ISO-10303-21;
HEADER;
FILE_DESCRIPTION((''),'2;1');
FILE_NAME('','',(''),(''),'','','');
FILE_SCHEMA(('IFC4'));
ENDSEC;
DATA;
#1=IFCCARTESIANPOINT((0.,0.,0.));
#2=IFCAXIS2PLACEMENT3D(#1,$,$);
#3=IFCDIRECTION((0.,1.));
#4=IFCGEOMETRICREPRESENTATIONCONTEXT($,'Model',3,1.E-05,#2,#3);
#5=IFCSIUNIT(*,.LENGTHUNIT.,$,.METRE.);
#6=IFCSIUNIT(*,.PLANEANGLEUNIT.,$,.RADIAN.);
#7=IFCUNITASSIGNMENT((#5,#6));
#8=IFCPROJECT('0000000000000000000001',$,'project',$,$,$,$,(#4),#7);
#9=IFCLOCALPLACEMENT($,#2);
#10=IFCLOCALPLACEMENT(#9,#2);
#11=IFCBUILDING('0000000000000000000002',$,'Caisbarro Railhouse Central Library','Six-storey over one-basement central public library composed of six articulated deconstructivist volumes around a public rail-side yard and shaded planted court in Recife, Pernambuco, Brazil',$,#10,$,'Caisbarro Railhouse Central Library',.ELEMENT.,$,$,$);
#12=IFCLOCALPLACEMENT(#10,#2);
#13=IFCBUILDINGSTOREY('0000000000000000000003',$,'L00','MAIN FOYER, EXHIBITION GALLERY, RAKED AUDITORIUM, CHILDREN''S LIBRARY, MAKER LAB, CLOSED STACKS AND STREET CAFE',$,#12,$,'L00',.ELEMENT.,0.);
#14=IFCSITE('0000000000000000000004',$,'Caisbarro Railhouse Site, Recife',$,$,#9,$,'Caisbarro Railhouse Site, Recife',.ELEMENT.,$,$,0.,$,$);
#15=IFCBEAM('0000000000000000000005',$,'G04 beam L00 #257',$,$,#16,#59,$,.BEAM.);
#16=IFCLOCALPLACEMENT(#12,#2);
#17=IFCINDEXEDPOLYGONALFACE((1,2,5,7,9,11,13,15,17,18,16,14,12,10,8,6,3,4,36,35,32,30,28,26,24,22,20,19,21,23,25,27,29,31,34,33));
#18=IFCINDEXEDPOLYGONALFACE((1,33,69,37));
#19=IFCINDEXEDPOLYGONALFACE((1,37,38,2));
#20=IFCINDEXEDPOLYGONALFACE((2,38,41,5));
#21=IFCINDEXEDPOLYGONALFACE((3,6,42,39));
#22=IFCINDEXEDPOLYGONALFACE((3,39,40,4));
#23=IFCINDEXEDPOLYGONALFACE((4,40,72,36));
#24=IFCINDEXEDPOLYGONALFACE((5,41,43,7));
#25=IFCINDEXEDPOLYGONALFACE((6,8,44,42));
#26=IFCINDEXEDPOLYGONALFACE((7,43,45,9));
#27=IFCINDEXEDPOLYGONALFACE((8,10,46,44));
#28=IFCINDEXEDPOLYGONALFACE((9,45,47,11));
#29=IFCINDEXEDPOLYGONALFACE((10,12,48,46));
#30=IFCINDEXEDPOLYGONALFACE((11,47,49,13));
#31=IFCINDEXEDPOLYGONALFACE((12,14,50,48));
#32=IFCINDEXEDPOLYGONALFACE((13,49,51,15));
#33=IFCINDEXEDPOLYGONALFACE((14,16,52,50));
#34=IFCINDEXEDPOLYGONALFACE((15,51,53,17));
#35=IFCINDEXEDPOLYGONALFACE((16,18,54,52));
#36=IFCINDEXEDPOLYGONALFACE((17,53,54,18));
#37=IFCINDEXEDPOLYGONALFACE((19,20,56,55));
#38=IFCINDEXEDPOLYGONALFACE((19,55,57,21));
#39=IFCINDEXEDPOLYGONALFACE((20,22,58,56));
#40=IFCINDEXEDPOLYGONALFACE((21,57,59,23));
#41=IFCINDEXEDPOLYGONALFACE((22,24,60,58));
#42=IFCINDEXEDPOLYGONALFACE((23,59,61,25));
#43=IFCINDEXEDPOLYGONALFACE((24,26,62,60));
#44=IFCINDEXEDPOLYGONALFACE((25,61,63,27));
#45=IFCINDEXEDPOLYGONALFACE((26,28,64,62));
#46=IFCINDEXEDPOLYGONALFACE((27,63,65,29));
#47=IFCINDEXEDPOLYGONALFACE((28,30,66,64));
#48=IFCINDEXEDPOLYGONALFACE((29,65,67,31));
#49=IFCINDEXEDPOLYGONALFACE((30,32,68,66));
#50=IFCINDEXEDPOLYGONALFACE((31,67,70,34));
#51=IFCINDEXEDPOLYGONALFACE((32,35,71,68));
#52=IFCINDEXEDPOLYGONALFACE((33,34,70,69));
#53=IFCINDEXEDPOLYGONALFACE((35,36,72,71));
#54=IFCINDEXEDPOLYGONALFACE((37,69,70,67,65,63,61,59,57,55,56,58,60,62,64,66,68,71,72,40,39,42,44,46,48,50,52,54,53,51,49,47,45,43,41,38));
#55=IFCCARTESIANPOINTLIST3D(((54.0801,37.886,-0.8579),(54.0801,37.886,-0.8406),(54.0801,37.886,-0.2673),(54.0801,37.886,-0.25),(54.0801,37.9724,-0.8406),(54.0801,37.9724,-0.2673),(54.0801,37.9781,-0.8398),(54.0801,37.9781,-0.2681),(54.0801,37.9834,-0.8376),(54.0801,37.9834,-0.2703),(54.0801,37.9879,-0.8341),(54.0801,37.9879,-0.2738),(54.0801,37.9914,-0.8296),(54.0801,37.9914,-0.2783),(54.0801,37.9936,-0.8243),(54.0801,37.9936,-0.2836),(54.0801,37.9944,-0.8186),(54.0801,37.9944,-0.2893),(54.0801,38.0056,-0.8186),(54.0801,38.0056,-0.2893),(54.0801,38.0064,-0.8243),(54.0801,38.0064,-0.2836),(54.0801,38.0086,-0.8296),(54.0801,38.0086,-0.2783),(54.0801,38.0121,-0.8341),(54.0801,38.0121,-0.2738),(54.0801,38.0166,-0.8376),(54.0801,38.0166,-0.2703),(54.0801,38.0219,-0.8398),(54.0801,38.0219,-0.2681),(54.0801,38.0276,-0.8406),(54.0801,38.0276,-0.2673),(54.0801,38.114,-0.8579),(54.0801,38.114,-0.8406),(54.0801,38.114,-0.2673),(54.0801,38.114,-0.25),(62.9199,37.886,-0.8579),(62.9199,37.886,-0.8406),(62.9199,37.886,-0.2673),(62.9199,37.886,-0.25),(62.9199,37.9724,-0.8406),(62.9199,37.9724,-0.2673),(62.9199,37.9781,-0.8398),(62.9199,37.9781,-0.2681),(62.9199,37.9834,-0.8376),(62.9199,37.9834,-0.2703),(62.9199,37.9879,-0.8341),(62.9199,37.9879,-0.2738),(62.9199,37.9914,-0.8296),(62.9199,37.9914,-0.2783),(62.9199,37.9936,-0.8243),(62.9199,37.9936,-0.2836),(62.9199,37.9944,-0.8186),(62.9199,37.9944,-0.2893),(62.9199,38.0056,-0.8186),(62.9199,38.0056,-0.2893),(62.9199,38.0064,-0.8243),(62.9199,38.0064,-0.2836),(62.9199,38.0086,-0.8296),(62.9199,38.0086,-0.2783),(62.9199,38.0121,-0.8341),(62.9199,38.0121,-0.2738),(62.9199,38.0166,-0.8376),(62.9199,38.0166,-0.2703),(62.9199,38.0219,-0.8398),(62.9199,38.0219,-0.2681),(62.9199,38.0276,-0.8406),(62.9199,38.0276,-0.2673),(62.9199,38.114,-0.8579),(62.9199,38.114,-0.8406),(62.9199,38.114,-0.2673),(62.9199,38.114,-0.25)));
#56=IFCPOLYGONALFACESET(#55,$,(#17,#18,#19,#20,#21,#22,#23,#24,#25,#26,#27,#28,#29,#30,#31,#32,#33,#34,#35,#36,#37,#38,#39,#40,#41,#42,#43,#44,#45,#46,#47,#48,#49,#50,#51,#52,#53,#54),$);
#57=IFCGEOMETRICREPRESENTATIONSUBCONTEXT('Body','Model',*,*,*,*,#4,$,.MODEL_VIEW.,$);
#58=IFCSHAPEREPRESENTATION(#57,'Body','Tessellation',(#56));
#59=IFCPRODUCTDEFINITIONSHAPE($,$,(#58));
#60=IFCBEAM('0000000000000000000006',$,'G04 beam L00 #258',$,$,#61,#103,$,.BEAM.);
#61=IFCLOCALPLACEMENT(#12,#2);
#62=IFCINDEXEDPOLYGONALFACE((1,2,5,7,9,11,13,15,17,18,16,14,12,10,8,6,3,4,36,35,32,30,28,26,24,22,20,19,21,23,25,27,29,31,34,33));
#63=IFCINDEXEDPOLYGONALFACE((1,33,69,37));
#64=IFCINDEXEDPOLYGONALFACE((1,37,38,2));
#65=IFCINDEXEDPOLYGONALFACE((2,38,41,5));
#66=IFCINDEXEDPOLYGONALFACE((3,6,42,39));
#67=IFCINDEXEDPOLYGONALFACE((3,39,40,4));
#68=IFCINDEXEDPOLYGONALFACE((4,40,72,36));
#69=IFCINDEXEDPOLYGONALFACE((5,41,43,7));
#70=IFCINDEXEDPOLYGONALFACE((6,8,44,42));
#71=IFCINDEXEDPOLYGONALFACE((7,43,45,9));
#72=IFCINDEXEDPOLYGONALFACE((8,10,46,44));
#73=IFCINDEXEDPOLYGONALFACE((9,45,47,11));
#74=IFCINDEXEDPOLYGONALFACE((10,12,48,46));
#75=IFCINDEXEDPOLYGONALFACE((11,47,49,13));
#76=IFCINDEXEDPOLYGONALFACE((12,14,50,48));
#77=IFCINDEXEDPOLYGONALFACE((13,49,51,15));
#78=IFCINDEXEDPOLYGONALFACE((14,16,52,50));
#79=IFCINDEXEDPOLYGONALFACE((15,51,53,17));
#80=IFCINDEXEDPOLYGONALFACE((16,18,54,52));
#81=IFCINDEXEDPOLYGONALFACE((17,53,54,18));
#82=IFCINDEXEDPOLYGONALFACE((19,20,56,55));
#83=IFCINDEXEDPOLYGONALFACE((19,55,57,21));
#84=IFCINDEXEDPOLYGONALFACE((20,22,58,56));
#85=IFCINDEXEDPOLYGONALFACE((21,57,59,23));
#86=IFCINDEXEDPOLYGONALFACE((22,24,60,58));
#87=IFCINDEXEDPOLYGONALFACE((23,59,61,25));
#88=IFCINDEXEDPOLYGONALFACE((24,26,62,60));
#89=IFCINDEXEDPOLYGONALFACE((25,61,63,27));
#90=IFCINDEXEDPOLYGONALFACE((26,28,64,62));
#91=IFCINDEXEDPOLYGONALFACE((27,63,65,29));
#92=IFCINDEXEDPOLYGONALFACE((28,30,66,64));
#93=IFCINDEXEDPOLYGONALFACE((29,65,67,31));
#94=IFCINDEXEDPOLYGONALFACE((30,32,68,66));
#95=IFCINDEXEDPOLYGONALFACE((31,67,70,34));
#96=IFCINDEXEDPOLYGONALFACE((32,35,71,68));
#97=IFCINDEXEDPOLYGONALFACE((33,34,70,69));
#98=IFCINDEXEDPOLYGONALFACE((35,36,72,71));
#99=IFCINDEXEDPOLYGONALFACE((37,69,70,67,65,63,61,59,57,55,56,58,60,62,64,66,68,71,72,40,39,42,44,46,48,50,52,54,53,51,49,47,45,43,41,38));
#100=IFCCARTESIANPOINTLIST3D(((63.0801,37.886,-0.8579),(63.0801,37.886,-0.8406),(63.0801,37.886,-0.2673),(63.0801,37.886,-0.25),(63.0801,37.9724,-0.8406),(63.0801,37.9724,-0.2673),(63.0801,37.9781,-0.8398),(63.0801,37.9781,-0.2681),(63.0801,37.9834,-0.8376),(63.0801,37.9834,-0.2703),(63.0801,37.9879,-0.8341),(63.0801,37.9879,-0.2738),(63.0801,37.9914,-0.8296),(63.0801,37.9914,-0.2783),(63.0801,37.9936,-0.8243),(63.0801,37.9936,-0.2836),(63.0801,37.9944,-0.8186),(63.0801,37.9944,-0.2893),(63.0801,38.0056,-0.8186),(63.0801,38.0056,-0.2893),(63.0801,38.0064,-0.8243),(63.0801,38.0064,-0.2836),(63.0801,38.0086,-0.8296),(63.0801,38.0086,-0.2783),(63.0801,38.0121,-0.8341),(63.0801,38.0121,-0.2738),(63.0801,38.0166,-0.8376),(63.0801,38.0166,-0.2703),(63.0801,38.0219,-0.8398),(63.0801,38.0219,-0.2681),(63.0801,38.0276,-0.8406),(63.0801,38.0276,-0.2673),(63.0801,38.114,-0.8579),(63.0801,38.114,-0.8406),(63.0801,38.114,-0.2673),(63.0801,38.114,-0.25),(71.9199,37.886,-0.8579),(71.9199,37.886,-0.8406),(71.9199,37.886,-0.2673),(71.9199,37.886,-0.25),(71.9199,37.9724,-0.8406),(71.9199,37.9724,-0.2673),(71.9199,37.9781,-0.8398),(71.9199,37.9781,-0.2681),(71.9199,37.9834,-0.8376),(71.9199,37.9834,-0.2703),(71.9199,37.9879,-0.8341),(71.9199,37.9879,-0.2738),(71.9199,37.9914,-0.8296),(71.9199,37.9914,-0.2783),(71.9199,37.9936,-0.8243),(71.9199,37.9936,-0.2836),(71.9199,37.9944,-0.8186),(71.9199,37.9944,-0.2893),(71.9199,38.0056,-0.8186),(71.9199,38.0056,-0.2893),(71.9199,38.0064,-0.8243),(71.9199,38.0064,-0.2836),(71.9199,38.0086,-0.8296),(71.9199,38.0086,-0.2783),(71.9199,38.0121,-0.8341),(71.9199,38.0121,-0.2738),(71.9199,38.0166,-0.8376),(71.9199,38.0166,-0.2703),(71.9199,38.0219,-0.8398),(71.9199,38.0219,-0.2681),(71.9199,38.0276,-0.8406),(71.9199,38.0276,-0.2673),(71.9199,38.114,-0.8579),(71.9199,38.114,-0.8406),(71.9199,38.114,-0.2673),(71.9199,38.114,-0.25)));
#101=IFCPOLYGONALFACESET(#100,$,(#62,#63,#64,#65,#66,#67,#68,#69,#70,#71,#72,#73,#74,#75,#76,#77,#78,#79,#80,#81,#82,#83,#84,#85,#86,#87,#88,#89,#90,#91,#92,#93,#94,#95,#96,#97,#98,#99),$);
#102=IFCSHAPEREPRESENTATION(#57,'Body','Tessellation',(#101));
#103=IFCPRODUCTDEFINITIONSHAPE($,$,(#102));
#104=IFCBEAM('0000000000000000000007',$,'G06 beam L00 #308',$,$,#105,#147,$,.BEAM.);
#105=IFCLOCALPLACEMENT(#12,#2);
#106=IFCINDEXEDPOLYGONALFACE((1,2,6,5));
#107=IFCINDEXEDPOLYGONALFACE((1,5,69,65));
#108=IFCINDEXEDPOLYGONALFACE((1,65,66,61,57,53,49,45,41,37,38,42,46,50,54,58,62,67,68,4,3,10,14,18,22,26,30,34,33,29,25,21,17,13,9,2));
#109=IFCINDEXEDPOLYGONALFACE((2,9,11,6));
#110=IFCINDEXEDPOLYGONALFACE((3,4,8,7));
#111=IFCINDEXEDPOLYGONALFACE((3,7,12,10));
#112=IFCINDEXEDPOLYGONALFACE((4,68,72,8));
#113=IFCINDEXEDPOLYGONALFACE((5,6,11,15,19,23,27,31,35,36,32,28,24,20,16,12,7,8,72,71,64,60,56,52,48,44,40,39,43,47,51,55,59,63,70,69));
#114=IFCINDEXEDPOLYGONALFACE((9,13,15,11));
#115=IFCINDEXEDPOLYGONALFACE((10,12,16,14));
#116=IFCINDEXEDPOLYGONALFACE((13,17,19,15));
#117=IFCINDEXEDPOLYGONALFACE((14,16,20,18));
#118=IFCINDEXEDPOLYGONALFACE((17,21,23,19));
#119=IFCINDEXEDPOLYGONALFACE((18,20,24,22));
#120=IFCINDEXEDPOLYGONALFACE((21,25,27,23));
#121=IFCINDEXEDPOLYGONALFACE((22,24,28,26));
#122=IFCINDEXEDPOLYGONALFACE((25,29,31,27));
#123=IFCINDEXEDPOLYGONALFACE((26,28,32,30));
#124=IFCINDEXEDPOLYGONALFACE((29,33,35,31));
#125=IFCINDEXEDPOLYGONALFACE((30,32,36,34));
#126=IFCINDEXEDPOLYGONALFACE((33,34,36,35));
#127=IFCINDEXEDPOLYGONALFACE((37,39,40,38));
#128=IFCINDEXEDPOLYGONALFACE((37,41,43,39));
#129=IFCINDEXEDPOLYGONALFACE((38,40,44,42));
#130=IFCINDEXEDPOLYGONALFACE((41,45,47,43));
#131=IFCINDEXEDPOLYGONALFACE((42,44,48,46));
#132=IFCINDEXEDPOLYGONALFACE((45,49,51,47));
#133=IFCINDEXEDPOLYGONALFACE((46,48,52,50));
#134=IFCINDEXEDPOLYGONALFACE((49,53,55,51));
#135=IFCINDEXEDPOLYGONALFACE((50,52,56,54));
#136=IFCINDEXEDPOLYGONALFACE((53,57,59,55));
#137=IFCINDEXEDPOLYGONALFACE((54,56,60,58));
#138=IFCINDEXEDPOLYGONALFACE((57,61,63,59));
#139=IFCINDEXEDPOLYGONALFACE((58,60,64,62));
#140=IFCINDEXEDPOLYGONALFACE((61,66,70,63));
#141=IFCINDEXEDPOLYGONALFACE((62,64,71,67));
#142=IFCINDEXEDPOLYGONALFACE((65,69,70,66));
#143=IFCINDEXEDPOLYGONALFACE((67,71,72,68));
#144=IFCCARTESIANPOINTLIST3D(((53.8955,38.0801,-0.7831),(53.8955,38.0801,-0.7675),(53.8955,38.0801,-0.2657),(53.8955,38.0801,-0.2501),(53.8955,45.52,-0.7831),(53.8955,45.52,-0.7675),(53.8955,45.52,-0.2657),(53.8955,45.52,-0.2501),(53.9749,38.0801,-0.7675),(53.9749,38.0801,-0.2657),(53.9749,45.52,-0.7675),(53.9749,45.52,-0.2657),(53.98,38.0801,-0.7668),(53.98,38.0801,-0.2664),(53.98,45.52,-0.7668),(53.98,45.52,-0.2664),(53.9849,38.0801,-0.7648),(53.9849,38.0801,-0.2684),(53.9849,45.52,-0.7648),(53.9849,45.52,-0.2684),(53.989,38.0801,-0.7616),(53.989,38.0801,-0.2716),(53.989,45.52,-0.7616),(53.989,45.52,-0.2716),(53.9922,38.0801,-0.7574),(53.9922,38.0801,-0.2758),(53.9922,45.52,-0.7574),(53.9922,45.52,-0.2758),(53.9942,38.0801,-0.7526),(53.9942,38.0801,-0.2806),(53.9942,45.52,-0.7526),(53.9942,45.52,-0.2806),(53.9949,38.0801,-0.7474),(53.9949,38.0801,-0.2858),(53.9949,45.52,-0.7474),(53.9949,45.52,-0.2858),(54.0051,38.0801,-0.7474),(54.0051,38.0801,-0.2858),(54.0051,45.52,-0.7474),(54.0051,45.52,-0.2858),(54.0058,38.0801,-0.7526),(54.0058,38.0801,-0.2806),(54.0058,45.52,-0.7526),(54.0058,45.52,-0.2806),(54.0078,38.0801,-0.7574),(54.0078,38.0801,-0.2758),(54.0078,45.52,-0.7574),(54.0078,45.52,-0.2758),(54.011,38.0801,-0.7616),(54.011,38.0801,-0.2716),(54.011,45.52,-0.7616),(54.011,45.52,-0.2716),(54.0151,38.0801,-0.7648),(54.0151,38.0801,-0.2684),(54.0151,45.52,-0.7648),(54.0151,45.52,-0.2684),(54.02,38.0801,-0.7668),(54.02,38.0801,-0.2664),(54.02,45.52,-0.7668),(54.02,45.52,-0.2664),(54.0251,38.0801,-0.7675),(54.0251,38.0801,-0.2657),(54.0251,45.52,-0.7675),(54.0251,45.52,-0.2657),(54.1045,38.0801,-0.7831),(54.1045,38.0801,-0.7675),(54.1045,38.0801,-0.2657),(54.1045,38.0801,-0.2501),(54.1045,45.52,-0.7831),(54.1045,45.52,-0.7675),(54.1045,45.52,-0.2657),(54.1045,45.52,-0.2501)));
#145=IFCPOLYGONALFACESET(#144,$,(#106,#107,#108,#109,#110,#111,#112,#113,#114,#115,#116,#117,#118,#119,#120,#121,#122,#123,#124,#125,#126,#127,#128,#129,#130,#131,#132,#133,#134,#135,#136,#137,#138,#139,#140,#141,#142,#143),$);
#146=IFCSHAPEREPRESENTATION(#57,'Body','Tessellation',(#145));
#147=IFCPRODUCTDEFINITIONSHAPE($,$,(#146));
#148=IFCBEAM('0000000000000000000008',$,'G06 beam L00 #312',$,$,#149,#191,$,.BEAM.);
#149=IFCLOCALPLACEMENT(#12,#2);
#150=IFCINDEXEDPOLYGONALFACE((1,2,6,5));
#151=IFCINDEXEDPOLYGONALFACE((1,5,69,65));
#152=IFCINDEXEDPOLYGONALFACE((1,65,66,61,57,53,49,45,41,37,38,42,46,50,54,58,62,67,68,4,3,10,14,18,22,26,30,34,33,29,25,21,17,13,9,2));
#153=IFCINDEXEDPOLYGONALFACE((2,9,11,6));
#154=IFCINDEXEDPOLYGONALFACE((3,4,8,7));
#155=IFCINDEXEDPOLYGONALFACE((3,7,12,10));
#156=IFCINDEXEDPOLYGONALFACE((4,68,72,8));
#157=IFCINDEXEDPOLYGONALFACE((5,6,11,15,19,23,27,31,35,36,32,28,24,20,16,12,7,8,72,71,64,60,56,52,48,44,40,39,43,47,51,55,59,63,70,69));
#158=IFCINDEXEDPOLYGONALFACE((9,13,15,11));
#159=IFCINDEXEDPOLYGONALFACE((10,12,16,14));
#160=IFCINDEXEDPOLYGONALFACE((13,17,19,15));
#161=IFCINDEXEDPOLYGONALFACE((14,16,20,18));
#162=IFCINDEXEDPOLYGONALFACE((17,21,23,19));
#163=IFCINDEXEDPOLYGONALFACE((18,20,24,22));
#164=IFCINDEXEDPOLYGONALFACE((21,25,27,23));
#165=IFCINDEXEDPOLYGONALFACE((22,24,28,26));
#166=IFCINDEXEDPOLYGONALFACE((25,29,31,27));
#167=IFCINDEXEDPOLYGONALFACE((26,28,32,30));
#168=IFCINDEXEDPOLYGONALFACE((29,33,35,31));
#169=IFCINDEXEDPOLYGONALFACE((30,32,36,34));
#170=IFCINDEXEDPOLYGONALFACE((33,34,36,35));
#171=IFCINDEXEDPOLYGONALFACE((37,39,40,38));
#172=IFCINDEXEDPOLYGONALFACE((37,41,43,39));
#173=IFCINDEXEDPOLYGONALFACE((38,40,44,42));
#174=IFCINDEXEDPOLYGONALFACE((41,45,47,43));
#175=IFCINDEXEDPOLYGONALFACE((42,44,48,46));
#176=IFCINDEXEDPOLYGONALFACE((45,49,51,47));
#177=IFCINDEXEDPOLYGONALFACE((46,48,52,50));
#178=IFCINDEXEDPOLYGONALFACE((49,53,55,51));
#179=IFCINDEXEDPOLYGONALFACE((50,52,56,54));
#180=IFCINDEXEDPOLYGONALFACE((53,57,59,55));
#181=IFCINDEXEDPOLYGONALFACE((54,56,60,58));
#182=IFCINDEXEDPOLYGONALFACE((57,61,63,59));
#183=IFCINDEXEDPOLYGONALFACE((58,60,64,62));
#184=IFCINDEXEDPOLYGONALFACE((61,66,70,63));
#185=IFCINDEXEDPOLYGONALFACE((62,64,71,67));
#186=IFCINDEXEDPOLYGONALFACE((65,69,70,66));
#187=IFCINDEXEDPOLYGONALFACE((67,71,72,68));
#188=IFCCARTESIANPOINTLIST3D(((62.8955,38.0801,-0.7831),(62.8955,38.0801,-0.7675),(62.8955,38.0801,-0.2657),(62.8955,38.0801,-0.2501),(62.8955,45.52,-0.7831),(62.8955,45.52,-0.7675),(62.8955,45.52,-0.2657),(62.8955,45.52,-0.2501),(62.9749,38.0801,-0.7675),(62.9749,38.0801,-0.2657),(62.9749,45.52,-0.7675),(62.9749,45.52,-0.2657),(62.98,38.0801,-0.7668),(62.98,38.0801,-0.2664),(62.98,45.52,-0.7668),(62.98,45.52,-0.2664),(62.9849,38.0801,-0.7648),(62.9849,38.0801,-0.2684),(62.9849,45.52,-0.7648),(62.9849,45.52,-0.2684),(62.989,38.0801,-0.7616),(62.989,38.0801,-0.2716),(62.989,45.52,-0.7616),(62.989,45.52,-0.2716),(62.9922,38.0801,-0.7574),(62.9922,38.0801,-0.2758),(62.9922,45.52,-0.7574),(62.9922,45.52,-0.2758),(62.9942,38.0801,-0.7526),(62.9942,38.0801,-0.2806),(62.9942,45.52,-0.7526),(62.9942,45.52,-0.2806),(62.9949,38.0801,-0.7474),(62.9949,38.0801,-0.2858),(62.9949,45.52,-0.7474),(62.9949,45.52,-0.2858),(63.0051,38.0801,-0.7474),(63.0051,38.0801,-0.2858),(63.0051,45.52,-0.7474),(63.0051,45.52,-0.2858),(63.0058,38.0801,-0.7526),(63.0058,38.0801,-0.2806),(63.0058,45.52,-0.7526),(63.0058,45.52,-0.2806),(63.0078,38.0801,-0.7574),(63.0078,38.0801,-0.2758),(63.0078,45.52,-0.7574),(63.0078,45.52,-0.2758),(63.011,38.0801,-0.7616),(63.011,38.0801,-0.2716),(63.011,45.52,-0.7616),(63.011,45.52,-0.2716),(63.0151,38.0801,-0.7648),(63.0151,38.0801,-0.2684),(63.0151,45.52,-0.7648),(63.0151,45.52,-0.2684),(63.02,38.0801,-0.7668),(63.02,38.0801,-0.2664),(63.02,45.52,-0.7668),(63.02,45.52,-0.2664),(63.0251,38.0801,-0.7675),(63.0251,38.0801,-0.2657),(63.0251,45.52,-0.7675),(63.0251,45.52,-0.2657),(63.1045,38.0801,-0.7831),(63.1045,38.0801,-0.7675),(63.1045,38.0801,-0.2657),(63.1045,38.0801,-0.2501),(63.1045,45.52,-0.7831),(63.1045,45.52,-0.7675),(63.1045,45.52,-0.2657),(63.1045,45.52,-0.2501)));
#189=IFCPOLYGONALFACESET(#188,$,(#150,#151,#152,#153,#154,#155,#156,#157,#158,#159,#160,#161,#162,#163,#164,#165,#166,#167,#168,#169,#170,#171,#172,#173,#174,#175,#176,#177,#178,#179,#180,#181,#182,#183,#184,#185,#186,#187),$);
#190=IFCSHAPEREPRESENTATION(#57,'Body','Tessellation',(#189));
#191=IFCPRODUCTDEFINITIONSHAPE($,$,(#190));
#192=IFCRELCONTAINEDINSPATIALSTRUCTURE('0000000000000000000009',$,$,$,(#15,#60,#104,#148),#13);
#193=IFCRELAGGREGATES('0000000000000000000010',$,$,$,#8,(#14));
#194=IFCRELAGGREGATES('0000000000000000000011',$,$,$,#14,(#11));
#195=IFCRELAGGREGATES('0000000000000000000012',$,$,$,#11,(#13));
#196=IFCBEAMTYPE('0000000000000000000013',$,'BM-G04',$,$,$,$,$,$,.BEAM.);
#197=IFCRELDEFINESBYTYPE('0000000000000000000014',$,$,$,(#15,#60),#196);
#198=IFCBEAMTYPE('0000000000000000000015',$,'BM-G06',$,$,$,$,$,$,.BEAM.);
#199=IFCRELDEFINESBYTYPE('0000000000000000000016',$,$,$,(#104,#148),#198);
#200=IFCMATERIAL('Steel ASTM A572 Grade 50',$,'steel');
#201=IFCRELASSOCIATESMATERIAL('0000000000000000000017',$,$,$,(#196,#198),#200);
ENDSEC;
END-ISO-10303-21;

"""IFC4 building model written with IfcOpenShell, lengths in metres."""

from ifc_helpers import new_model, si_unit, direction, frame, origin, origin_2d, place, context, subcontext, project, spatial, i_section, extrude, material, material_profile, profile_set, type_object, element, save


model = new_model("IFC4")

# Units and contexts
model_context = context("Model", 3, precision=1e-05, world=origin(), true_north=direction((0.0, 1.0)))
body_context = subcontext(model_context, "Body", "Model", "MODEL_VIEW")
ifc_project = project(units=[si_unit("LENGTHUNIT", "METRE"), si_unit("PLANEANGLEUNIT", "RADIAN")], contexts=[model_context])

# Site, building, storey
site_placement = place(None, origin())
site = spatial("IfcSite", under=ifc_project, at=site_placement, Name="Caisbarro Railhouse Site, Recife", LongName="Caisbarro Railhouse Site, Recife", CompositionType="ELEMENT", RefElevation=0.0)
building_placement = place(site_placement, origin())
building = spatial("IfcBuilding", under=site, at=building_placement, Name="Caisbarro Railhouse Central Library", Description="Six-storey over one-basement central public library composed of six articulated deconstructivist volumes around a public rail-side yard and shaded planted court in Recife, Pernambuco, Brazil", LongName="Caisbarro Railhouse Central Library", CompositionType="ELEMENT")
storey_placement = place(building_placement, origin())
storey = spatial("IfcBuildingStorey", under=building, at=storey_placement, Name="L00", Description="MAIN FOYER, EXHIBITION GALLERY, RAKED AUDITORIUM, CHILDREN'S LIBRARY, MAKER LAB, CLOSED STACKS AND STREET CAFE", LongName="L00", CompositionType="ELEMENT", Elevation=0.0)

# Shared definitions
ifc_material_1 = material(Name="Steel ASTM A572 Grade 50", Category="steel")

# Beams
ifc_material_profile_1 = material_profile(ifc_material_1, i_section(OverallWidth=0.228, OverallDepth=0.6079, WebThickness=0.0112, FlangeThickness=0.0173, FilletRadius=0.022, at=origin_2d()), Name="W610X113.0")
ifc_profile_set_1 = profile_set([ifc_material_profile_1], Name="Steel ASTM A572 Grade 50")
beam_type_1 = type_object("IfcBeamType", Name="BM-G04", PredefinedType="BEAM", material=ifc_profile_set_1)
for number, where, z_axis, x_axis, name in (
    (1, (54.0801, 38.0, -0.554), (1.0, 0.0, 0.0), (0.0, 1.0, 0.0), "G04 beam L00 #257"),
    (2, (63.0801, 38.0, -0.554), (1.0, 0.0, 0.0), (0.0, 1.0, 0.0), "G04 beam L00 #258"),
):
    element("IfcBeam", number, at=place(storey_placement, frame(where, z_axis=z_axis, x_axis=x_axis)), inside=storey, type_object=beam_type_1, Name=name, PredefinedType="BEAM", context=body_context, shape_type="SweptSolid", body=[
        extrude(i_section(OverallWidth=0.228, OverallDepth=0.6079, WebThickness=0.0112, FlangeThickness=0.0173, FilletRadius=0.022, at=origin_2d()), origin(), (0.0, 0.0, 1.0), 8.8398),
    ])
ifc_material_profile_2 = material_profile(ifc_material_1, i_section(OverallWidth=0.209, OverallDepth=0.533, WebThickness=0.0103, FlangeThickness=0.0156, FilletRadius=0.02, at=origin_2d()), Name="W530X92.0")
ifc_profile_set_2 = profile_set([ifc_material_profile_2], Name="Steel ASTM A572 Grade 50")
beam_type_2 = type_object("IfcBeamType", Name="BM-G06", PredefinedType="BEAM", material=ifc_profile_set_2)
for number, where, z_axis, x_axis, name in (
    (3, (54.0, 38.0801, -0.5166), (0.0, 1.0, 0.0), (-1.0, 0.0, 0.0), "G06 beam L00 #308"),
    (4, (63.0, 38.0801, -0.5166), (0.0, 1.0, 0.0), (-1.0, 0.0, 0.0), "G06 beam L00 #312"),
):
    element("IfcBeam", number, at=place(storey_placement, frame(where, z_axis=z_axis, x_axis=x_axis)), inside=storey, type_object=beam_type_2, Name=name, PredefinedType="BEAM", context=body_context, shape_type="SweptSolid", body=[
        extrude(i_section(OverallWidth=0.209, OverallDepth=0.533, WebThickness=0.0103, FlangeThickness=0.0156, FilletRadius=0.02, at=origin_2d()), origin(), (0.0, 0.0, 1.0), 7.4399),
    ])

save(model, "model.ifc")
